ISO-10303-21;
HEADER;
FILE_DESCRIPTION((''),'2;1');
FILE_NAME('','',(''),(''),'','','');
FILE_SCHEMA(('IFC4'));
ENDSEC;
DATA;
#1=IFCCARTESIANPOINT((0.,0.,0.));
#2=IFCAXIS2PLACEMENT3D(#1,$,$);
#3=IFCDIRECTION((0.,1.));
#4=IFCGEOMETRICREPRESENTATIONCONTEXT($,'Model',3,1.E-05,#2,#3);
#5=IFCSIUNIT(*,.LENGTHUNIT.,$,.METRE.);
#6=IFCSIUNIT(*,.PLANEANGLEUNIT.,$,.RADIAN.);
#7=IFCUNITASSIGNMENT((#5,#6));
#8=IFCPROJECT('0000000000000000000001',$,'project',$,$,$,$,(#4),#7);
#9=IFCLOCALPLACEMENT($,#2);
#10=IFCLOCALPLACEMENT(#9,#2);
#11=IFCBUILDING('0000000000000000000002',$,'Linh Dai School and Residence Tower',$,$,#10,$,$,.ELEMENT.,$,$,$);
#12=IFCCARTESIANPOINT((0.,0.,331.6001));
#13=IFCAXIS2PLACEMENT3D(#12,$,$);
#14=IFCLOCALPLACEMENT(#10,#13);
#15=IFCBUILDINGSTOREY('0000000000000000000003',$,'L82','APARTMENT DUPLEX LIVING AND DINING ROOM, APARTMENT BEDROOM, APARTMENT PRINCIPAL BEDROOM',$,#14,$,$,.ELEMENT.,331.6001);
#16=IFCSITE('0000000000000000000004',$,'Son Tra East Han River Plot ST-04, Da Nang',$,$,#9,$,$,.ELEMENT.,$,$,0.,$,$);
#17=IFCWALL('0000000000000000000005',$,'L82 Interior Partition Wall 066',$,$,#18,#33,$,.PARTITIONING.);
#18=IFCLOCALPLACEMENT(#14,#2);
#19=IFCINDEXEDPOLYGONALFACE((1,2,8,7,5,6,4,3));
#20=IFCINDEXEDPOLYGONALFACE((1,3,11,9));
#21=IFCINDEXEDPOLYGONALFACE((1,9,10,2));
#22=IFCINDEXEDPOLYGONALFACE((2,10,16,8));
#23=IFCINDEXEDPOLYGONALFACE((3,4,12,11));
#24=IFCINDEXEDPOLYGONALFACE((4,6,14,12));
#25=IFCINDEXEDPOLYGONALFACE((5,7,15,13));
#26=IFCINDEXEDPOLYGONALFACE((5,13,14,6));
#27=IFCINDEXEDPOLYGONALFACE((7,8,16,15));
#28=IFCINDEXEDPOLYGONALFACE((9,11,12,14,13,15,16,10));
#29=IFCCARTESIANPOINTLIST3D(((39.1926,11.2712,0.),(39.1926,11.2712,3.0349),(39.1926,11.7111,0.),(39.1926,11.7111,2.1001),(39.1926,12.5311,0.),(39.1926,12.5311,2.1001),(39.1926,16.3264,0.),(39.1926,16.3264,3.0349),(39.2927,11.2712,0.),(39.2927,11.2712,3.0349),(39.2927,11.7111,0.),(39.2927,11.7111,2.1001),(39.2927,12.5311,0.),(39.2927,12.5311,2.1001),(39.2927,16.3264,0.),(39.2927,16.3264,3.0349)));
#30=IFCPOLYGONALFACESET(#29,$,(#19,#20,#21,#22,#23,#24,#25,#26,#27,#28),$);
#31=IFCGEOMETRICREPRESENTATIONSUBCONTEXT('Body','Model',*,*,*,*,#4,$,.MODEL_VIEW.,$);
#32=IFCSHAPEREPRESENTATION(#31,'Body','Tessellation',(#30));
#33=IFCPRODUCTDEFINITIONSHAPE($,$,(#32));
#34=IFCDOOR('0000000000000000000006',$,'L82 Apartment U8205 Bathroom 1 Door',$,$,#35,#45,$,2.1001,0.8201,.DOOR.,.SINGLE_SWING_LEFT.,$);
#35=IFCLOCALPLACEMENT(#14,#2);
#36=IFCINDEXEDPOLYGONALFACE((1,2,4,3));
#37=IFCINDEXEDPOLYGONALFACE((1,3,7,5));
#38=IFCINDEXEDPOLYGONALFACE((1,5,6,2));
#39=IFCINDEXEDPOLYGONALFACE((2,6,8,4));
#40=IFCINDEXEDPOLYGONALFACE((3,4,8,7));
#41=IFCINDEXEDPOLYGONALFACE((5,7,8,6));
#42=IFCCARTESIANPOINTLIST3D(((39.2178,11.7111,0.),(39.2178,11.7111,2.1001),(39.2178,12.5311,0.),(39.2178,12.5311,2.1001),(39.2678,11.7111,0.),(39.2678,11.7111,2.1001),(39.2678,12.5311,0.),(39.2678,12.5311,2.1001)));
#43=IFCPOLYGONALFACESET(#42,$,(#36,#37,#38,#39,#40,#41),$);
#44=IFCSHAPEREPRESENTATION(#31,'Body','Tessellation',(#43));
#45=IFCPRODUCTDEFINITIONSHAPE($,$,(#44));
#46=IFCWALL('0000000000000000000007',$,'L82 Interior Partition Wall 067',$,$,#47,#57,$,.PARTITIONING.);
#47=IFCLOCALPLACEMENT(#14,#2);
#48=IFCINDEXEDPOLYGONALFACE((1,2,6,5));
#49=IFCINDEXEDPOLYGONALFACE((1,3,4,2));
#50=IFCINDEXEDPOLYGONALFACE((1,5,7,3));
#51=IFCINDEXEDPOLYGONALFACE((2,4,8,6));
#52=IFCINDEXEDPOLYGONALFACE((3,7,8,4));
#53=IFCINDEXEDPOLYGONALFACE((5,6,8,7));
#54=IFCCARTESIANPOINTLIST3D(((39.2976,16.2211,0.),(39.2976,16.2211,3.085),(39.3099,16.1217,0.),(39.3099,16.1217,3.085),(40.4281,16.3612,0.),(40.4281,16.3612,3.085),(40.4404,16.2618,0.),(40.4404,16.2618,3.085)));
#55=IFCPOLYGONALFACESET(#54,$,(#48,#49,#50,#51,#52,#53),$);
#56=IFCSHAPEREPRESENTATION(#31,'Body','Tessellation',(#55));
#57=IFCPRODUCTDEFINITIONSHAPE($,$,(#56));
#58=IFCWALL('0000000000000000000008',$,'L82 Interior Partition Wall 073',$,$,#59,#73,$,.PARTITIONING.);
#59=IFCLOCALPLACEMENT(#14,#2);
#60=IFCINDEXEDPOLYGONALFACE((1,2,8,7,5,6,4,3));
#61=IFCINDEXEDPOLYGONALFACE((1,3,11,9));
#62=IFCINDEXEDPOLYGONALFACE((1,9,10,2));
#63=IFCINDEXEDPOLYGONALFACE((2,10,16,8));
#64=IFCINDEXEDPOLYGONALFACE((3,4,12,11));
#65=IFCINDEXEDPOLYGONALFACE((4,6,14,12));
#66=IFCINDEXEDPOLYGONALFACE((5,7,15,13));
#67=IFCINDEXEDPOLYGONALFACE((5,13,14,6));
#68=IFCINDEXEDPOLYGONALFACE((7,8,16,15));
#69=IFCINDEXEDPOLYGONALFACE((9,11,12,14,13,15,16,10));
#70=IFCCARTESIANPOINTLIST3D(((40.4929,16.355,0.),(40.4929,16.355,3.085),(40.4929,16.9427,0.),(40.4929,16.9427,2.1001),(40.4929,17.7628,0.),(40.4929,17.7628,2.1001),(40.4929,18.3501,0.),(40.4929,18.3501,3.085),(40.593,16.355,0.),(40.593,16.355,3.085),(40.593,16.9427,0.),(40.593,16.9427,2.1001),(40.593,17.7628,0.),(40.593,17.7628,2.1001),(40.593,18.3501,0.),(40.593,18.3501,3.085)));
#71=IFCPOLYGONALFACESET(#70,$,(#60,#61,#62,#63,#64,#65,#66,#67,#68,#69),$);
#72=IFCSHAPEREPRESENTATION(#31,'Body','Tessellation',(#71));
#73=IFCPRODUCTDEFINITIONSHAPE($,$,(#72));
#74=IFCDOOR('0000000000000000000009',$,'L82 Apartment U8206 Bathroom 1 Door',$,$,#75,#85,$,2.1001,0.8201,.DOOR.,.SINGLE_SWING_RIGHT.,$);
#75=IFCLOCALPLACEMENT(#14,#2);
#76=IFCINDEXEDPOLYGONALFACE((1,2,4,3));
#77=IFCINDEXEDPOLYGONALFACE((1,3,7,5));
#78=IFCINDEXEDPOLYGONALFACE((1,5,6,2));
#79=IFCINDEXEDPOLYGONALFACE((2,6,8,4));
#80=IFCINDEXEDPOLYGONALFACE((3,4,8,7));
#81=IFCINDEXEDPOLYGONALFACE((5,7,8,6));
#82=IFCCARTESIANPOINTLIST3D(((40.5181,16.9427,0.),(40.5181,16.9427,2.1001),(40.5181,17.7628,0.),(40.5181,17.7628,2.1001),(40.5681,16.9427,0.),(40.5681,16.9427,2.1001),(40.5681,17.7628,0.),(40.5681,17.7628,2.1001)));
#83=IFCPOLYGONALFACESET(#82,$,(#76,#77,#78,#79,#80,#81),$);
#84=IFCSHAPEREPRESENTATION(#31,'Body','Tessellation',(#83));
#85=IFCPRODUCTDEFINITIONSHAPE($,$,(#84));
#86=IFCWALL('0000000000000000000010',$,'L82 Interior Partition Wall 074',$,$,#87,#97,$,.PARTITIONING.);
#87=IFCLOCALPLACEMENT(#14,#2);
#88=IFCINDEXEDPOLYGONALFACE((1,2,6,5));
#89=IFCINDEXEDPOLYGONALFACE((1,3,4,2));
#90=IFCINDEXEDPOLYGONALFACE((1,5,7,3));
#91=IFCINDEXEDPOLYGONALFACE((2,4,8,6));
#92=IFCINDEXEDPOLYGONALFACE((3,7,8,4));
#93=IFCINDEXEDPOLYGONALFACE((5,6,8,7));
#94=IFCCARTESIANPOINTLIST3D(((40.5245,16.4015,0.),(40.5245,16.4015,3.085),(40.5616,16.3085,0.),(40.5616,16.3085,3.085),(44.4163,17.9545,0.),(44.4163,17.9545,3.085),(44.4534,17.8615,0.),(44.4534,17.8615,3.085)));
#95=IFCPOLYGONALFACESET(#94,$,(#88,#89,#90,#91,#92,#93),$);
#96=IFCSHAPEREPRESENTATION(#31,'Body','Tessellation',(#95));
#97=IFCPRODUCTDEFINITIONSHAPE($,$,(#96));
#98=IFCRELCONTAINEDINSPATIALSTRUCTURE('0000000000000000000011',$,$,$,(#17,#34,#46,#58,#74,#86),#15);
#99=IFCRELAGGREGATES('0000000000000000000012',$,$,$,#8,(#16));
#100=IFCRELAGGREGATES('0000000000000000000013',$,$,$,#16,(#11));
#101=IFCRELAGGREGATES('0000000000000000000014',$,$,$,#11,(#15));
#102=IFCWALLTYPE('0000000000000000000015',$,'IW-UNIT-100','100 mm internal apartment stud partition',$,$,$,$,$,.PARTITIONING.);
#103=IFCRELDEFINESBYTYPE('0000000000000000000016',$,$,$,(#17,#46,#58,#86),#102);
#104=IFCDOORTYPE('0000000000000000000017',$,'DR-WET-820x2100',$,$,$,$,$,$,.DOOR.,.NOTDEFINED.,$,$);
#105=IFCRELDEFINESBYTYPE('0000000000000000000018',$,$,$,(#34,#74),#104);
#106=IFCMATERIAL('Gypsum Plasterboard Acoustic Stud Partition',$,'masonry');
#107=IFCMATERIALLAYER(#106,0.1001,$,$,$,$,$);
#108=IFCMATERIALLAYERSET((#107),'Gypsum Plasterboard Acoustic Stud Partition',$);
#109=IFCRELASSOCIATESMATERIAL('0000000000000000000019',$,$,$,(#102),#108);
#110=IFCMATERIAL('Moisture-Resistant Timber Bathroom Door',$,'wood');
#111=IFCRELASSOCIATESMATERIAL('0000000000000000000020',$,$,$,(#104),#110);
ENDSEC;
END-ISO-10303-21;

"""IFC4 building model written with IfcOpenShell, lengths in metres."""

from ifc_helpers import new_model, si_unit, direction, frame, frame_2d, origin, origin_2d, place, context, subcontext, project, spatial, rectangle, extrude, source, transform, mapped, material, layer, layer_set, type_object, element, fill, save


model = new_model("IFC4")

# Units and contexts
model_context = context("Model", 3, precision=1e-05, world=origin(), true_north=direction((0.0, 1.0)))
body_context = subcontext(model_context, "Body", "Model", "MODEL_VIEW")
ifc_project = project(units=[si_unit("LENGTHUNIT", "METRE"), si_unit("PLANEANGLEUNIT", "RADIAN")], contexts=[model_context])

# Site, building, storey
site_placement = place(None, origin())
site = spatial("IfcSite", under=ifc_project, at=site_placement, Name="Son Tra East Han River Plot ST-04, Da Nang", CompositionType="ELEMENT", RefElevation=0.0)
building_placement = place(site_placement, origin())
building = spatial("IfcBuilding", under=site, at=building_placement, Name="Linh Dai School and Residence Tower", CompositionType="ELEMENT")
storey_placement = place(building_placement, frame((0.0, 0.0, 331.6001)))
storey = spatial("IfcBuildingStorey", under=building, at=storey_placement, Name="L82", Description="APARTMENT DUPLEX LIVING AND DINING ROOM, APARTMENT BEDROOM, APARTMENT PRINCIPAL BEDROOM", CompositionType="ELEMENT", Elevation=331.6001)

# Wall, opening, door
ifc_material_1 = material(Name="Gypsum Plasterboard Acoustic Stud Partition", Category="masonry")
ifc_layer_1 = layer(ifc_material_1, 0.1001)
ifc_layer_set_1 = layer_set([ifc_layer_1], Name="Gypsum Plasterboard Acoustic Stud Partition")
wall_type_1 = type_object("IfcWallType", Name="IW-UNIT-100", Description="100 mm internal apartment stud partition", PredefinedType="PARTITIONING", material=ifc_layer_set_1)
wall_1_placement = place(storey_placement, frame((39.2427, 11.2712, 0.0), z_axis=(0.0, 0.0, 1.0), x_axis=(0.0, 1.0, 0.0)))
wall_1 = element("IfcWall", 1, at=wall_1_placement, inside=storey, type_object=wall_type_1, Name="L82 Interior Partition Wall 066", PredefinedType="PARTITIONING", context=body_context, shape_type="SweptSolid", body=[
    extrude(rectangle(XDim=5.0552, YDim=0.1001, at=frame_2d((2.5276, 0.0))), origin(), (0.0, 0.0, 1.0), 3.0349),
])
opening_1_placement = place(wall_1_placement, frame((0.4397, 0.0, 0.0)))
opening_1 = element("IfcOpeningElement", 2, at=opening_1_placement, cuts=wall_1, PredefinedType="OPENING", context=body_context, shape_type="SweptSolid", body=[
    extrude(rectangle(XDim=0.8201, YDim=2.1001, at=origin_2d()), frame((0.4102, 0.0601, 1.05), z_axis=(0.0, -1.0, 0.0), x_axis=(1.0, 0.0, 0.0)), (0.0, 0.0, 1.0), 0.1201),
])
ifc_material_2 = material(Name="Moisture-Resistant Timber Bathroom Door", Category="wood")
door_type_1 = type_object("IfcDoorType", Name="DR-WET-820x2100", OperationType="NOTDEFINED", PredefinedType="DOOR", material=ifc_material_2)
shared_shape_1 = source(origin(), body_context, "Body", "SweptSolid", [
    extrude(rectangle(XDim=0.8201, YDim=2.1001, at=origin_2d()), frame((0.4102, 0.0249, 1.05), z_axis=(0.0, -1.0, 0.0), x_axis=(1.0, 0.0, 0.0)), (0.0, 0.0, 1.0), 0.05),
])
door_1_placement = place(opening_1_placement, origin())
door_1 = element("IfcDoor", 3, at=door_1_placement, inside=storey, type_object=door_type_1, Name="L82 Apartment U8205 Bathroom 1 Door", OperationType="SINGLE_SWING_LEFT", OverallHeight=2.1001, OverallWidth=0.8201, PredefinedType="DOOR", context=body_context, shape_type="MappedRepresentation", body=[
    mapped(shared_shape_1, transform((0.0, 0.0, 0.0), x_axis=(1.0, 0.0, 0.0), y_axis=(0.0, 1.0, 0.0), z_axis=(0.0, 0.0, 1.0), scale=1.0)),
])
fill(opening_1, door_1)

# Wall
wall_2_placement = place(storey_placement, frame((39.3037, 16.1714, 0.0), z_axis=(0.0, 0.0, 1.0), x_axis=(0.992406, 0.123006, 0.0)))
element("IfcWall", 4, at=wall_2_placement, inside=storey, type_object=wall_type_1, Name="L82 Interior Partition Wall 067", PredefinedType="PARTITIONING", context=body_context, shape_type="SweptSolid", body=[
    extrude(rectangle(XDim=1.1392, YDim=0.1001, at=frame_2d((0.5696, 0.0))), origin(), (0.0, 0.0, 1.0), 3.085),
])

# Wall, opening, door
wall_3_placement = place(storey_placement, frame((40.543, 16.355, 0.0), z_axis=(0.0, 0.0, 1.0), x_axis=(0.0, 1.0, 0.0)))
wall_3 = element("IfcWall", 5, at=wall_3_placement, inside=storey, type_object=wall_type_1, Name="L82 Interior Partition Wall 073", PredefinedType="PARTITIONING", context=body_context, shape_type="SweptSolid", body=[
    extrude(rectangle(XDim=1.9951, YDim=0.1001, at=frame_2d((0.9976, 0.0))), origin(), (0.0, 0.0, 1.0), 3.085),
])
opening_2_placement = place(wall_3_placement, frame((0.5876, 0.0, 0.0)))
opening_2 = element("IfcOpeningElement", 6, at=opening_2_placement, cuts=wall_3, PredefinedType="OPENING", context=body_context, shape_type="SweptSolid", body=[
    extrude(rectangle(XDim=0.8201, YDim=2.1001, at=origin_2d()), frame((0.4102, 0.0601, 1.05), z_axis=(0.0, -1.0, 0.0), x_axis=(1.0, 0.0, 0.0)), (0.0, 0.0, 1.0), 0.1201),
])
door_2_placement = place(opening_2_placement, origin())
door_2 = element("IfcDoor", 7, at=door_2_placement, inside=storey, type_object=door_type_1, Name="L82 Apartment U8206 Bathroom 1 Door", OperationType="SINGLE_SWING_RIGHT", OverallHeight=2.1001, OverallWidth=0.8201, PredefinedType="DOOR", context=body_context, shape_type="MappedRepresentation", body=[
    mapped(shared_shape_1, transform((0.0, 0.0, 0.0), x_axis=(1.0, 0.0, 0.0), y_axis=(0.0, 1.0, 0.0), z_axis=(0.0, 0.0, 1.0), scale=1.0)),
])
fill(opening_2, door_2)

# Wall
wall_4_placement = place(storey_placement, frame((40.543, 16.355, 0.0), z_axis=(0.0, 0.0, 1.0), x_axis=(0.928786, 0.370617, 0.0)))
element("IfcWall", 8, at=wall_4_placement, inside=storey, type_object=wall_type_1, Name="L82 Interior Partition Wall 074", PredefinedType="PARTITIONING", context=body_context, shape_type="SweptSolid", body=[
    extrude(rectangle(XDim=4.1902, YDim=0.1001, at=frame_2d((2.0952, 0.0))), origin(), (0.0, 0.0, 1.0), 3.085),
])

save(model, "model.ifc")
